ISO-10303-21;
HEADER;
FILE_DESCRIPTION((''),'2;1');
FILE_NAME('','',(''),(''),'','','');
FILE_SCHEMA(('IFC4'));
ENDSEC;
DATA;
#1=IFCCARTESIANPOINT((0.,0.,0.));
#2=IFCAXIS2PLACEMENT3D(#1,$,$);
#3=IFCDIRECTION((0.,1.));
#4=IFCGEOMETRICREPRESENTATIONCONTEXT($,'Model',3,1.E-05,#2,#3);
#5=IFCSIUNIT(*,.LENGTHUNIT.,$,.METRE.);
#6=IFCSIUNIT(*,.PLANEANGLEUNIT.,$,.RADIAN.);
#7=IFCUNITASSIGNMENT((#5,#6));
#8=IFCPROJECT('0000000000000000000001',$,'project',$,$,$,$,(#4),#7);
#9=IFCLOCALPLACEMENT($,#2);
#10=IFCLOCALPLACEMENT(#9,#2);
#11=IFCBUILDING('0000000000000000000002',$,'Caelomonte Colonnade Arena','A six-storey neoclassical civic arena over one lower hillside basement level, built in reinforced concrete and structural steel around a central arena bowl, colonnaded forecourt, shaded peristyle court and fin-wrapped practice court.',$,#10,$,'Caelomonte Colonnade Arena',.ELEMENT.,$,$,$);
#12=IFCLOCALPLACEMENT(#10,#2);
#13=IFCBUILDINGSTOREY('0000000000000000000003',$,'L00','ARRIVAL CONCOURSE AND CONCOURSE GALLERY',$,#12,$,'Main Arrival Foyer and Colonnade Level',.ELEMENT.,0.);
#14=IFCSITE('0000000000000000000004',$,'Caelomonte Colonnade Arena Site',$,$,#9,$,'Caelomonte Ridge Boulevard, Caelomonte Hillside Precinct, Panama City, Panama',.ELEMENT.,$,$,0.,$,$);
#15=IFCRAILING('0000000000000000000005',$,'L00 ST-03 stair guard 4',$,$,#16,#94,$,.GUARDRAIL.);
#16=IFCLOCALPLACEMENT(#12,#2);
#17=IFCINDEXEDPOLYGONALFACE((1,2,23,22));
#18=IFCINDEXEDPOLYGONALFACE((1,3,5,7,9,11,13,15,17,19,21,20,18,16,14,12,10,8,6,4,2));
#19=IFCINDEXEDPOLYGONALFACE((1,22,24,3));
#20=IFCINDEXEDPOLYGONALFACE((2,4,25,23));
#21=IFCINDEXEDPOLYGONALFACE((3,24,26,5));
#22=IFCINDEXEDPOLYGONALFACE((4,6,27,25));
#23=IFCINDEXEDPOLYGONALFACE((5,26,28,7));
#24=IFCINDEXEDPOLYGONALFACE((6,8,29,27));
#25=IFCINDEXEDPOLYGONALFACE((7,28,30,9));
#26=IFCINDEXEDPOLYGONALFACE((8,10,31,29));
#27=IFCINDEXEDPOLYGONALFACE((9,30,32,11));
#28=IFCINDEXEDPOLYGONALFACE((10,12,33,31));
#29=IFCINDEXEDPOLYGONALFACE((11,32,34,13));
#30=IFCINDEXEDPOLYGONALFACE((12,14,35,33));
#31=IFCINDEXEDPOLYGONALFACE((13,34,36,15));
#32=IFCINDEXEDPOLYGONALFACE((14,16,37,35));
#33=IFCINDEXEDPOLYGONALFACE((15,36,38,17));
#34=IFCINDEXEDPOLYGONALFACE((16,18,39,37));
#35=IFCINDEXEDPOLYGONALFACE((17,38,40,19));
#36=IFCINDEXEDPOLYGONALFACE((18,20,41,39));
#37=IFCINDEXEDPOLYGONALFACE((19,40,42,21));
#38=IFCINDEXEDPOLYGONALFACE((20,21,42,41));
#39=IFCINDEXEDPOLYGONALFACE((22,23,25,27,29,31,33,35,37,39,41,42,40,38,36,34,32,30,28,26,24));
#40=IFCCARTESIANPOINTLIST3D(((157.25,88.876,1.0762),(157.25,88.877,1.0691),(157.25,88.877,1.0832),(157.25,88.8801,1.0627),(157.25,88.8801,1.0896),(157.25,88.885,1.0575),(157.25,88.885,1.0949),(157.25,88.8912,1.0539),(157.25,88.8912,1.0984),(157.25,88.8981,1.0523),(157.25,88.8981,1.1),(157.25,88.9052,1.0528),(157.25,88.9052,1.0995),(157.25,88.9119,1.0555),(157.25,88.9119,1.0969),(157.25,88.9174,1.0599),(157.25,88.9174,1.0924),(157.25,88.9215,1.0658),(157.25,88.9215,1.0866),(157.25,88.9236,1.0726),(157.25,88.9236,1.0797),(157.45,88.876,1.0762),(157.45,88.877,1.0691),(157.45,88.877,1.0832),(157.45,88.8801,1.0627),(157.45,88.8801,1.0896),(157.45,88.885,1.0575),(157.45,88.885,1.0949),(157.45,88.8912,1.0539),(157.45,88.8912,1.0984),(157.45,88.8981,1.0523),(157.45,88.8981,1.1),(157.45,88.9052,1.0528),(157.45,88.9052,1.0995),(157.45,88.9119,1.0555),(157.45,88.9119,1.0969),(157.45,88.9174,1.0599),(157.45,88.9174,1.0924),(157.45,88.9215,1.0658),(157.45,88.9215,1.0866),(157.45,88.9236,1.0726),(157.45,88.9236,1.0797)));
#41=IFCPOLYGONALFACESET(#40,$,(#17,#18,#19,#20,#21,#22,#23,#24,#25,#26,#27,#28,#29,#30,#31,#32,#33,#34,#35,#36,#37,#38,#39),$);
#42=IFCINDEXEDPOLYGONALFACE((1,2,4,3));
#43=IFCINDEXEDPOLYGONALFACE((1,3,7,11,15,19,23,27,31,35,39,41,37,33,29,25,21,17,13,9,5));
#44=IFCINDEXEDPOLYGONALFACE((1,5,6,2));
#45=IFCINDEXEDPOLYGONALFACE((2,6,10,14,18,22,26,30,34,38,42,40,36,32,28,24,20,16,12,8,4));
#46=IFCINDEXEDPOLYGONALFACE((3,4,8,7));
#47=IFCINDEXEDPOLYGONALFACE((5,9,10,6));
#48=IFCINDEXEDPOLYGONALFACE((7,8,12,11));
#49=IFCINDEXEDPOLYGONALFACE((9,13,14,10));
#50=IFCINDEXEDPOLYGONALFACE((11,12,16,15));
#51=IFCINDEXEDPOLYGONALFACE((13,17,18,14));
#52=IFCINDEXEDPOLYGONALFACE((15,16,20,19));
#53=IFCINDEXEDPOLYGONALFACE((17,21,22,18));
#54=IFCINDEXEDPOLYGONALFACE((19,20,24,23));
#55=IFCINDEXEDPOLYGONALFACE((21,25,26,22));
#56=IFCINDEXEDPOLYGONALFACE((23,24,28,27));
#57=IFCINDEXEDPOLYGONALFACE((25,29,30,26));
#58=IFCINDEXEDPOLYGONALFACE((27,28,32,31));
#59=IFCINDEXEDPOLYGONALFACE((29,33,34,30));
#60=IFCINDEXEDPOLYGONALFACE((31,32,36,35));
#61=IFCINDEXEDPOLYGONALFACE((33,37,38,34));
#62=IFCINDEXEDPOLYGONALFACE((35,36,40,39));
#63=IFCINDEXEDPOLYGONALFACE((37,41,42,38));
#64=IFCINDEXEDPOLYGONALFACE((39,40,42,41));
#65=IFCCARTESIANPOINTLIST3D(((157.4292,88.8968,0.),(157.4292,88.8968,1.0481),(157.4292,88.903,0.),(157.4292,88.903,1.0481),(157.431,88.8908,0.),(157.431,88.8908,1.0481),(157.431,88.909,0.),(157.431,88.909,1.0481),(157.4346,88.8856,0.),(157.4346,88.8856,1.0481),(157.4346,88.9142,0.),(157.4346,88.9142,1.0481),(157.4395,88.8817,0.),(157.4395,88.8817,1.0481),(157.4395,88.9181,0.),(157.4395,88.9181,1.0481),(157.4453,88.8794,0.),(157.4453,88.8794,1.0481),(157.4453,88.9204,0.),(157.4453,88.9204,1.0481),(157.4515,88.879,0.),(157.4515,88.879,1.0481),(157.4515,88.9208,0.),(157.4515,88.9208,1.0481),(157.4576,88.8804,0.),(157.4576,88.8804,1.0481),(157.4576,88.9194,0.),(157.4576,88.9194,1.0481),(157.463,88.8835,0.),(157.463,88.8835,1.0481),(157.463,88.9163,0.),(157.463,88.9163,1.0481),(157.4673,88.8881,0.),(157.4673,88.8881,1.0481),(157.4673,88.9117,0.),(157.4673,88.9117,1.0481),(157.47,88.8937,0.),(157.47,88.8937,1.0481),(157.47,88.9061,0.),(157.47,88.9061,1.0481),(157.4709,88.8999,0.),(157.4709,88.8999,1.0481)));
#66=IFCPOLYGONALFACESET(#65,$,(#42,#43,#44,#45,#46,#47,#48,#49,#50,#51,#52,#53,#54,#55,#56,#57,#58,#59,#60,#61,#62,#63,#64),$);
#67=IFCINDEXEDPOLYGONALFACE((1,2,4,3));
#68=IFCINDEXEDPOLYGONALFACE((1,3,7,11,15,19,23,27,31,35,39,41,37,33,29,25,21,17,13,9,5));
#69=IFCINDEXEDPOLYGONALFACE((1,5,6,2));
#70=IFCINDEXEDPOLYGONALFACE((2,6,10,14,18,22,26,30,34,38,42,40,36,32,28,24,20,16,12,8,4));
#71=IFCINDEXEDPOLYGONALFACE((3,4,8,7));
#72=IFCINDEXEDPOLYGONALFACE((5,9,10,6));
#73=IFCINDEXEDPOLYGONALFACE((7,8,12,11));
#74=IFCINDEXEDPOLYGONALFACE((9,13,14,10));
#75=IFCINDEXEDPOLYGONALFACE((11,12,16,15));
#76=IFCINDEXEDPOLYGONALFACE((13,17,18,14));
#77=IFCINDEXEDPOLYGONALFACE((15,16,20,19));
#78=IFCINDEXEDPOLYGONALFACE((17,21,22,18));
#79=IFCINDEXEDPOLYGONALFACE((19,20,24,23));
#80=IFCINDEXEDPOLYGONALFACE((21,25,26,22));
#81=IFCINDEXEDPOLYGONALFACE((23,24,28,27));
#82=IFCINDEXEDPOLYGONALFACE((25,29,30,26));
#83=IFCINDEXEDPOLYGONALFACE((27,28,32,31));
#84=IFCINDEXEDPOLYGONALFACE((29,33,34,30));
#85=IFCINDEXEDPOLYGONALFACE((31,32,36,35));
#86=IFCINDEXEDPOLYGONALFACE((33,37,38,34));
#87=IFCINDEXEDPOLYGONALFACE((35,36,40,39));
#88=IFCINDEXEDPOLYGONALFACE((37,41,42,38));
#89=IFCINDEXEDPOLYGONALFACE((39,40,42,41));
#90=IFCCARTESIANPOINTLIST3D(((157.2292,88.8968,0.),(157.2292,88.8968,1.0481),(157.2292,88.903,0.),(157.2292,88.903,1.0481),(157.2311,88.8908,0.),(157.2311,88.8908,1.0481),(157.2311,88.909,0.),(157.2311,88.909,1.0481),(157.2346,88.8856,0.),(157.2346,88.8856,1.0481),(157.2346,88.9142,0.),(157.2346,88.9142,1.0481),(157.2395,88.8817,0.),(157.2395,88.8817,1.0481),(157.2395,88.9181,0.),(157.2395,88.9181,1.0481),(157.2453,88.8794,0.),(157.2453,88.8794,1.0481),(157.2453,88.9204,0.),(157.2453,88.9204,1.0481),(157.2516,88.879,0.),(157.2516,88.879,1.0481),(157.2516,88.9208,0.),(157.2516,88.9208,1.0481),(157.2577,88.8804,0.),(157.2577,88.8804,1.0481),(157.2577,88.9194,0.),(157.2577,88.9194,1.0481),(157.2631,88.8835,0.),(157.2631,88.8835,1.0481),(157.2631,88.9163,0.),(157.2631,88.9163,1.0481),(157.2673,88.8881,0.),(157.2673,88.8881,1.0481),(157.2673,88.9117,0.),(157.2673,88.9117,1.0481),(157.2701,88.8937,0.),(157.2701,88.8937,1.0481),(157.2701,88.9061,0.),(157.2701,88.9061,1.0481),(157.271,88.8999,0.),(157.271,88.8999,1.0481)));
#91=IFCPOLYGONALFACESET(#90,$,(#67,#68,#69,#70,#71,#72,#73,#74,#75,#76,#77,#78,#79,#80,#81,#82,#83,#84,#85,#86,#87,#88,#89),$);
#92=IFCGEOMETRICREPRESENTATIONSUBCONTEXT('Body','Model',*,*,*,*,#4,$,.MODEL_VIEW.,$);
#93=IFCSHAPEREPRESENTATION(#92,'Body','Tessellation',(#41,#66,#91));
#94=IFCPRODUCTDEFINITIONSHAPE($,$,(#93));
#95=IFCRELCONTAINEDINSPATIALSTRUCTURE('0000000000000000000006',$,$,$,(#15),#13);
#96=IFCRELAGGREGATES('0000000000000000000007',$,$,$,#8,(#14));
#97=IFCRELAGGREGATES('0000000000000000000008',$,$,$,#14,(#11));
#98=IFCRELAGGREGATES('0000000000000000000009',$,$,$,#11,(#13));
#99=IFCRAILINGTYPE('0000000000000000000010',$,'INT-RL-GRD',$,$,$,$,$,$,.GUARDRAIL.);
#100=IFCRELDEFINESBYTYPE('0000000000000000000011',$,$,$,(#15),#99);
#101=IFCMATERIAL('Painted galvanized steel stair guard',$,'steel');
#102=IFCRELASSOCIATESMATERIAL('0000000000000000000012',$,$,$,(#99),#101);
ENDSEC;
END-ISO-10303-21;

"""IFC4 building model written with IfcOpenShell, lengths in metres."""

from ifc_helpers import new_model, si_unit, direction, frame, origin, origin_2d, place, context, subcontext, project, spatial, circle, extrude, material, type_object, element, save


model = new_model("IFC4")

# Units and contexts
model_context = context("Model", 3, precision=1e-05, world=origin(), true_north=direction((0.0, 1.0)))
body_context = subcontext(model_context, "Body", "Model", "MODEL_VIEW")
ifc_project = project(units=[si_unit("LENGTHUNIT", "METRE"), si_unit("PLANEANGLEUNIT", "RADIAN")], contexts=[model_context])

# Site, building, storey
site_placement = place(None, origin())
site = spatial("IfcSite", under=ifc_project, at=site_placement, Name="Caelomonte Colonnade Arena Site", LongName="Caelomonte Ridge Boulevard, Caelomonte Hillside Precinct, Panama City, Panama", CompositionType="ELEMENT", RefElevation=0.0)
building_placement = place(site_placement, origin())
building = spatial("IfcBuilding", under=site, at=building_placement, Name="Caelomonte Colonnade Arena", Description="A six-storey neoclassical civic arena over one lower hillside basement level, built in reinforced concrete and structural steel around a central arena bowl, colonnaded forecourt, shaded peristyle court and fin-wrapped practice court.", LongName="Caelomonte Colonnade Arena", CompositionType="ELEMENT")
storey_placement = place(building_placement, origin())
storey = spatial("IfcBuildingStorey", under=building, at=storey_placement, Name="L00", Description="ARRIVAL CONCOURSE AND CONCOURSE GALLERY", LongName="Main Arrival Foyer and Colonnade Level", CompositionType="ELEMENT", Elevation=0.0)

# Railing
ifc_material_1 = material(Name="Painted galvanized steel stair guard", Category="steel")
railing_type_1 = type_object("IfcRailingType", Name="INT-RL-GRD", PredefinedType="GUARDRAIL", material=ifc_material_1)
railing_1_placement = place(storey_placement, frame((157.45, 88.8999, 0.0)))
element("IfcRailing", 1, at=railing_1_placement, inside=storey, type_object=railing_type_1, Name="L00 ST-03 stair guard 4", PredefinedType="GUARDRAIL", context=body_context, shape_type="SweptSolid", body=[
    extrude(circle(Radius=0.0239, at=origin_2d()), frame((0.0, 0.0, 1.0762), z_axis=(-1.0, 0.0, 0.0), x_axis=(0.0, -1.0, 0.0)), (0.0, 0.0, 1.0), 0.2),
    extrude(circle(Radius=0.021, at=origin_2d()), origin(), (0.0, 0.0, 1.0), 1.0481),
    extrude(circle(Radius=0.021, at=origin_2d()), frame((-0.2, 0.0, 0.0)), (0.0, 0.0, 1.0), 1.0481),
])

save(model, "model.ifc")
